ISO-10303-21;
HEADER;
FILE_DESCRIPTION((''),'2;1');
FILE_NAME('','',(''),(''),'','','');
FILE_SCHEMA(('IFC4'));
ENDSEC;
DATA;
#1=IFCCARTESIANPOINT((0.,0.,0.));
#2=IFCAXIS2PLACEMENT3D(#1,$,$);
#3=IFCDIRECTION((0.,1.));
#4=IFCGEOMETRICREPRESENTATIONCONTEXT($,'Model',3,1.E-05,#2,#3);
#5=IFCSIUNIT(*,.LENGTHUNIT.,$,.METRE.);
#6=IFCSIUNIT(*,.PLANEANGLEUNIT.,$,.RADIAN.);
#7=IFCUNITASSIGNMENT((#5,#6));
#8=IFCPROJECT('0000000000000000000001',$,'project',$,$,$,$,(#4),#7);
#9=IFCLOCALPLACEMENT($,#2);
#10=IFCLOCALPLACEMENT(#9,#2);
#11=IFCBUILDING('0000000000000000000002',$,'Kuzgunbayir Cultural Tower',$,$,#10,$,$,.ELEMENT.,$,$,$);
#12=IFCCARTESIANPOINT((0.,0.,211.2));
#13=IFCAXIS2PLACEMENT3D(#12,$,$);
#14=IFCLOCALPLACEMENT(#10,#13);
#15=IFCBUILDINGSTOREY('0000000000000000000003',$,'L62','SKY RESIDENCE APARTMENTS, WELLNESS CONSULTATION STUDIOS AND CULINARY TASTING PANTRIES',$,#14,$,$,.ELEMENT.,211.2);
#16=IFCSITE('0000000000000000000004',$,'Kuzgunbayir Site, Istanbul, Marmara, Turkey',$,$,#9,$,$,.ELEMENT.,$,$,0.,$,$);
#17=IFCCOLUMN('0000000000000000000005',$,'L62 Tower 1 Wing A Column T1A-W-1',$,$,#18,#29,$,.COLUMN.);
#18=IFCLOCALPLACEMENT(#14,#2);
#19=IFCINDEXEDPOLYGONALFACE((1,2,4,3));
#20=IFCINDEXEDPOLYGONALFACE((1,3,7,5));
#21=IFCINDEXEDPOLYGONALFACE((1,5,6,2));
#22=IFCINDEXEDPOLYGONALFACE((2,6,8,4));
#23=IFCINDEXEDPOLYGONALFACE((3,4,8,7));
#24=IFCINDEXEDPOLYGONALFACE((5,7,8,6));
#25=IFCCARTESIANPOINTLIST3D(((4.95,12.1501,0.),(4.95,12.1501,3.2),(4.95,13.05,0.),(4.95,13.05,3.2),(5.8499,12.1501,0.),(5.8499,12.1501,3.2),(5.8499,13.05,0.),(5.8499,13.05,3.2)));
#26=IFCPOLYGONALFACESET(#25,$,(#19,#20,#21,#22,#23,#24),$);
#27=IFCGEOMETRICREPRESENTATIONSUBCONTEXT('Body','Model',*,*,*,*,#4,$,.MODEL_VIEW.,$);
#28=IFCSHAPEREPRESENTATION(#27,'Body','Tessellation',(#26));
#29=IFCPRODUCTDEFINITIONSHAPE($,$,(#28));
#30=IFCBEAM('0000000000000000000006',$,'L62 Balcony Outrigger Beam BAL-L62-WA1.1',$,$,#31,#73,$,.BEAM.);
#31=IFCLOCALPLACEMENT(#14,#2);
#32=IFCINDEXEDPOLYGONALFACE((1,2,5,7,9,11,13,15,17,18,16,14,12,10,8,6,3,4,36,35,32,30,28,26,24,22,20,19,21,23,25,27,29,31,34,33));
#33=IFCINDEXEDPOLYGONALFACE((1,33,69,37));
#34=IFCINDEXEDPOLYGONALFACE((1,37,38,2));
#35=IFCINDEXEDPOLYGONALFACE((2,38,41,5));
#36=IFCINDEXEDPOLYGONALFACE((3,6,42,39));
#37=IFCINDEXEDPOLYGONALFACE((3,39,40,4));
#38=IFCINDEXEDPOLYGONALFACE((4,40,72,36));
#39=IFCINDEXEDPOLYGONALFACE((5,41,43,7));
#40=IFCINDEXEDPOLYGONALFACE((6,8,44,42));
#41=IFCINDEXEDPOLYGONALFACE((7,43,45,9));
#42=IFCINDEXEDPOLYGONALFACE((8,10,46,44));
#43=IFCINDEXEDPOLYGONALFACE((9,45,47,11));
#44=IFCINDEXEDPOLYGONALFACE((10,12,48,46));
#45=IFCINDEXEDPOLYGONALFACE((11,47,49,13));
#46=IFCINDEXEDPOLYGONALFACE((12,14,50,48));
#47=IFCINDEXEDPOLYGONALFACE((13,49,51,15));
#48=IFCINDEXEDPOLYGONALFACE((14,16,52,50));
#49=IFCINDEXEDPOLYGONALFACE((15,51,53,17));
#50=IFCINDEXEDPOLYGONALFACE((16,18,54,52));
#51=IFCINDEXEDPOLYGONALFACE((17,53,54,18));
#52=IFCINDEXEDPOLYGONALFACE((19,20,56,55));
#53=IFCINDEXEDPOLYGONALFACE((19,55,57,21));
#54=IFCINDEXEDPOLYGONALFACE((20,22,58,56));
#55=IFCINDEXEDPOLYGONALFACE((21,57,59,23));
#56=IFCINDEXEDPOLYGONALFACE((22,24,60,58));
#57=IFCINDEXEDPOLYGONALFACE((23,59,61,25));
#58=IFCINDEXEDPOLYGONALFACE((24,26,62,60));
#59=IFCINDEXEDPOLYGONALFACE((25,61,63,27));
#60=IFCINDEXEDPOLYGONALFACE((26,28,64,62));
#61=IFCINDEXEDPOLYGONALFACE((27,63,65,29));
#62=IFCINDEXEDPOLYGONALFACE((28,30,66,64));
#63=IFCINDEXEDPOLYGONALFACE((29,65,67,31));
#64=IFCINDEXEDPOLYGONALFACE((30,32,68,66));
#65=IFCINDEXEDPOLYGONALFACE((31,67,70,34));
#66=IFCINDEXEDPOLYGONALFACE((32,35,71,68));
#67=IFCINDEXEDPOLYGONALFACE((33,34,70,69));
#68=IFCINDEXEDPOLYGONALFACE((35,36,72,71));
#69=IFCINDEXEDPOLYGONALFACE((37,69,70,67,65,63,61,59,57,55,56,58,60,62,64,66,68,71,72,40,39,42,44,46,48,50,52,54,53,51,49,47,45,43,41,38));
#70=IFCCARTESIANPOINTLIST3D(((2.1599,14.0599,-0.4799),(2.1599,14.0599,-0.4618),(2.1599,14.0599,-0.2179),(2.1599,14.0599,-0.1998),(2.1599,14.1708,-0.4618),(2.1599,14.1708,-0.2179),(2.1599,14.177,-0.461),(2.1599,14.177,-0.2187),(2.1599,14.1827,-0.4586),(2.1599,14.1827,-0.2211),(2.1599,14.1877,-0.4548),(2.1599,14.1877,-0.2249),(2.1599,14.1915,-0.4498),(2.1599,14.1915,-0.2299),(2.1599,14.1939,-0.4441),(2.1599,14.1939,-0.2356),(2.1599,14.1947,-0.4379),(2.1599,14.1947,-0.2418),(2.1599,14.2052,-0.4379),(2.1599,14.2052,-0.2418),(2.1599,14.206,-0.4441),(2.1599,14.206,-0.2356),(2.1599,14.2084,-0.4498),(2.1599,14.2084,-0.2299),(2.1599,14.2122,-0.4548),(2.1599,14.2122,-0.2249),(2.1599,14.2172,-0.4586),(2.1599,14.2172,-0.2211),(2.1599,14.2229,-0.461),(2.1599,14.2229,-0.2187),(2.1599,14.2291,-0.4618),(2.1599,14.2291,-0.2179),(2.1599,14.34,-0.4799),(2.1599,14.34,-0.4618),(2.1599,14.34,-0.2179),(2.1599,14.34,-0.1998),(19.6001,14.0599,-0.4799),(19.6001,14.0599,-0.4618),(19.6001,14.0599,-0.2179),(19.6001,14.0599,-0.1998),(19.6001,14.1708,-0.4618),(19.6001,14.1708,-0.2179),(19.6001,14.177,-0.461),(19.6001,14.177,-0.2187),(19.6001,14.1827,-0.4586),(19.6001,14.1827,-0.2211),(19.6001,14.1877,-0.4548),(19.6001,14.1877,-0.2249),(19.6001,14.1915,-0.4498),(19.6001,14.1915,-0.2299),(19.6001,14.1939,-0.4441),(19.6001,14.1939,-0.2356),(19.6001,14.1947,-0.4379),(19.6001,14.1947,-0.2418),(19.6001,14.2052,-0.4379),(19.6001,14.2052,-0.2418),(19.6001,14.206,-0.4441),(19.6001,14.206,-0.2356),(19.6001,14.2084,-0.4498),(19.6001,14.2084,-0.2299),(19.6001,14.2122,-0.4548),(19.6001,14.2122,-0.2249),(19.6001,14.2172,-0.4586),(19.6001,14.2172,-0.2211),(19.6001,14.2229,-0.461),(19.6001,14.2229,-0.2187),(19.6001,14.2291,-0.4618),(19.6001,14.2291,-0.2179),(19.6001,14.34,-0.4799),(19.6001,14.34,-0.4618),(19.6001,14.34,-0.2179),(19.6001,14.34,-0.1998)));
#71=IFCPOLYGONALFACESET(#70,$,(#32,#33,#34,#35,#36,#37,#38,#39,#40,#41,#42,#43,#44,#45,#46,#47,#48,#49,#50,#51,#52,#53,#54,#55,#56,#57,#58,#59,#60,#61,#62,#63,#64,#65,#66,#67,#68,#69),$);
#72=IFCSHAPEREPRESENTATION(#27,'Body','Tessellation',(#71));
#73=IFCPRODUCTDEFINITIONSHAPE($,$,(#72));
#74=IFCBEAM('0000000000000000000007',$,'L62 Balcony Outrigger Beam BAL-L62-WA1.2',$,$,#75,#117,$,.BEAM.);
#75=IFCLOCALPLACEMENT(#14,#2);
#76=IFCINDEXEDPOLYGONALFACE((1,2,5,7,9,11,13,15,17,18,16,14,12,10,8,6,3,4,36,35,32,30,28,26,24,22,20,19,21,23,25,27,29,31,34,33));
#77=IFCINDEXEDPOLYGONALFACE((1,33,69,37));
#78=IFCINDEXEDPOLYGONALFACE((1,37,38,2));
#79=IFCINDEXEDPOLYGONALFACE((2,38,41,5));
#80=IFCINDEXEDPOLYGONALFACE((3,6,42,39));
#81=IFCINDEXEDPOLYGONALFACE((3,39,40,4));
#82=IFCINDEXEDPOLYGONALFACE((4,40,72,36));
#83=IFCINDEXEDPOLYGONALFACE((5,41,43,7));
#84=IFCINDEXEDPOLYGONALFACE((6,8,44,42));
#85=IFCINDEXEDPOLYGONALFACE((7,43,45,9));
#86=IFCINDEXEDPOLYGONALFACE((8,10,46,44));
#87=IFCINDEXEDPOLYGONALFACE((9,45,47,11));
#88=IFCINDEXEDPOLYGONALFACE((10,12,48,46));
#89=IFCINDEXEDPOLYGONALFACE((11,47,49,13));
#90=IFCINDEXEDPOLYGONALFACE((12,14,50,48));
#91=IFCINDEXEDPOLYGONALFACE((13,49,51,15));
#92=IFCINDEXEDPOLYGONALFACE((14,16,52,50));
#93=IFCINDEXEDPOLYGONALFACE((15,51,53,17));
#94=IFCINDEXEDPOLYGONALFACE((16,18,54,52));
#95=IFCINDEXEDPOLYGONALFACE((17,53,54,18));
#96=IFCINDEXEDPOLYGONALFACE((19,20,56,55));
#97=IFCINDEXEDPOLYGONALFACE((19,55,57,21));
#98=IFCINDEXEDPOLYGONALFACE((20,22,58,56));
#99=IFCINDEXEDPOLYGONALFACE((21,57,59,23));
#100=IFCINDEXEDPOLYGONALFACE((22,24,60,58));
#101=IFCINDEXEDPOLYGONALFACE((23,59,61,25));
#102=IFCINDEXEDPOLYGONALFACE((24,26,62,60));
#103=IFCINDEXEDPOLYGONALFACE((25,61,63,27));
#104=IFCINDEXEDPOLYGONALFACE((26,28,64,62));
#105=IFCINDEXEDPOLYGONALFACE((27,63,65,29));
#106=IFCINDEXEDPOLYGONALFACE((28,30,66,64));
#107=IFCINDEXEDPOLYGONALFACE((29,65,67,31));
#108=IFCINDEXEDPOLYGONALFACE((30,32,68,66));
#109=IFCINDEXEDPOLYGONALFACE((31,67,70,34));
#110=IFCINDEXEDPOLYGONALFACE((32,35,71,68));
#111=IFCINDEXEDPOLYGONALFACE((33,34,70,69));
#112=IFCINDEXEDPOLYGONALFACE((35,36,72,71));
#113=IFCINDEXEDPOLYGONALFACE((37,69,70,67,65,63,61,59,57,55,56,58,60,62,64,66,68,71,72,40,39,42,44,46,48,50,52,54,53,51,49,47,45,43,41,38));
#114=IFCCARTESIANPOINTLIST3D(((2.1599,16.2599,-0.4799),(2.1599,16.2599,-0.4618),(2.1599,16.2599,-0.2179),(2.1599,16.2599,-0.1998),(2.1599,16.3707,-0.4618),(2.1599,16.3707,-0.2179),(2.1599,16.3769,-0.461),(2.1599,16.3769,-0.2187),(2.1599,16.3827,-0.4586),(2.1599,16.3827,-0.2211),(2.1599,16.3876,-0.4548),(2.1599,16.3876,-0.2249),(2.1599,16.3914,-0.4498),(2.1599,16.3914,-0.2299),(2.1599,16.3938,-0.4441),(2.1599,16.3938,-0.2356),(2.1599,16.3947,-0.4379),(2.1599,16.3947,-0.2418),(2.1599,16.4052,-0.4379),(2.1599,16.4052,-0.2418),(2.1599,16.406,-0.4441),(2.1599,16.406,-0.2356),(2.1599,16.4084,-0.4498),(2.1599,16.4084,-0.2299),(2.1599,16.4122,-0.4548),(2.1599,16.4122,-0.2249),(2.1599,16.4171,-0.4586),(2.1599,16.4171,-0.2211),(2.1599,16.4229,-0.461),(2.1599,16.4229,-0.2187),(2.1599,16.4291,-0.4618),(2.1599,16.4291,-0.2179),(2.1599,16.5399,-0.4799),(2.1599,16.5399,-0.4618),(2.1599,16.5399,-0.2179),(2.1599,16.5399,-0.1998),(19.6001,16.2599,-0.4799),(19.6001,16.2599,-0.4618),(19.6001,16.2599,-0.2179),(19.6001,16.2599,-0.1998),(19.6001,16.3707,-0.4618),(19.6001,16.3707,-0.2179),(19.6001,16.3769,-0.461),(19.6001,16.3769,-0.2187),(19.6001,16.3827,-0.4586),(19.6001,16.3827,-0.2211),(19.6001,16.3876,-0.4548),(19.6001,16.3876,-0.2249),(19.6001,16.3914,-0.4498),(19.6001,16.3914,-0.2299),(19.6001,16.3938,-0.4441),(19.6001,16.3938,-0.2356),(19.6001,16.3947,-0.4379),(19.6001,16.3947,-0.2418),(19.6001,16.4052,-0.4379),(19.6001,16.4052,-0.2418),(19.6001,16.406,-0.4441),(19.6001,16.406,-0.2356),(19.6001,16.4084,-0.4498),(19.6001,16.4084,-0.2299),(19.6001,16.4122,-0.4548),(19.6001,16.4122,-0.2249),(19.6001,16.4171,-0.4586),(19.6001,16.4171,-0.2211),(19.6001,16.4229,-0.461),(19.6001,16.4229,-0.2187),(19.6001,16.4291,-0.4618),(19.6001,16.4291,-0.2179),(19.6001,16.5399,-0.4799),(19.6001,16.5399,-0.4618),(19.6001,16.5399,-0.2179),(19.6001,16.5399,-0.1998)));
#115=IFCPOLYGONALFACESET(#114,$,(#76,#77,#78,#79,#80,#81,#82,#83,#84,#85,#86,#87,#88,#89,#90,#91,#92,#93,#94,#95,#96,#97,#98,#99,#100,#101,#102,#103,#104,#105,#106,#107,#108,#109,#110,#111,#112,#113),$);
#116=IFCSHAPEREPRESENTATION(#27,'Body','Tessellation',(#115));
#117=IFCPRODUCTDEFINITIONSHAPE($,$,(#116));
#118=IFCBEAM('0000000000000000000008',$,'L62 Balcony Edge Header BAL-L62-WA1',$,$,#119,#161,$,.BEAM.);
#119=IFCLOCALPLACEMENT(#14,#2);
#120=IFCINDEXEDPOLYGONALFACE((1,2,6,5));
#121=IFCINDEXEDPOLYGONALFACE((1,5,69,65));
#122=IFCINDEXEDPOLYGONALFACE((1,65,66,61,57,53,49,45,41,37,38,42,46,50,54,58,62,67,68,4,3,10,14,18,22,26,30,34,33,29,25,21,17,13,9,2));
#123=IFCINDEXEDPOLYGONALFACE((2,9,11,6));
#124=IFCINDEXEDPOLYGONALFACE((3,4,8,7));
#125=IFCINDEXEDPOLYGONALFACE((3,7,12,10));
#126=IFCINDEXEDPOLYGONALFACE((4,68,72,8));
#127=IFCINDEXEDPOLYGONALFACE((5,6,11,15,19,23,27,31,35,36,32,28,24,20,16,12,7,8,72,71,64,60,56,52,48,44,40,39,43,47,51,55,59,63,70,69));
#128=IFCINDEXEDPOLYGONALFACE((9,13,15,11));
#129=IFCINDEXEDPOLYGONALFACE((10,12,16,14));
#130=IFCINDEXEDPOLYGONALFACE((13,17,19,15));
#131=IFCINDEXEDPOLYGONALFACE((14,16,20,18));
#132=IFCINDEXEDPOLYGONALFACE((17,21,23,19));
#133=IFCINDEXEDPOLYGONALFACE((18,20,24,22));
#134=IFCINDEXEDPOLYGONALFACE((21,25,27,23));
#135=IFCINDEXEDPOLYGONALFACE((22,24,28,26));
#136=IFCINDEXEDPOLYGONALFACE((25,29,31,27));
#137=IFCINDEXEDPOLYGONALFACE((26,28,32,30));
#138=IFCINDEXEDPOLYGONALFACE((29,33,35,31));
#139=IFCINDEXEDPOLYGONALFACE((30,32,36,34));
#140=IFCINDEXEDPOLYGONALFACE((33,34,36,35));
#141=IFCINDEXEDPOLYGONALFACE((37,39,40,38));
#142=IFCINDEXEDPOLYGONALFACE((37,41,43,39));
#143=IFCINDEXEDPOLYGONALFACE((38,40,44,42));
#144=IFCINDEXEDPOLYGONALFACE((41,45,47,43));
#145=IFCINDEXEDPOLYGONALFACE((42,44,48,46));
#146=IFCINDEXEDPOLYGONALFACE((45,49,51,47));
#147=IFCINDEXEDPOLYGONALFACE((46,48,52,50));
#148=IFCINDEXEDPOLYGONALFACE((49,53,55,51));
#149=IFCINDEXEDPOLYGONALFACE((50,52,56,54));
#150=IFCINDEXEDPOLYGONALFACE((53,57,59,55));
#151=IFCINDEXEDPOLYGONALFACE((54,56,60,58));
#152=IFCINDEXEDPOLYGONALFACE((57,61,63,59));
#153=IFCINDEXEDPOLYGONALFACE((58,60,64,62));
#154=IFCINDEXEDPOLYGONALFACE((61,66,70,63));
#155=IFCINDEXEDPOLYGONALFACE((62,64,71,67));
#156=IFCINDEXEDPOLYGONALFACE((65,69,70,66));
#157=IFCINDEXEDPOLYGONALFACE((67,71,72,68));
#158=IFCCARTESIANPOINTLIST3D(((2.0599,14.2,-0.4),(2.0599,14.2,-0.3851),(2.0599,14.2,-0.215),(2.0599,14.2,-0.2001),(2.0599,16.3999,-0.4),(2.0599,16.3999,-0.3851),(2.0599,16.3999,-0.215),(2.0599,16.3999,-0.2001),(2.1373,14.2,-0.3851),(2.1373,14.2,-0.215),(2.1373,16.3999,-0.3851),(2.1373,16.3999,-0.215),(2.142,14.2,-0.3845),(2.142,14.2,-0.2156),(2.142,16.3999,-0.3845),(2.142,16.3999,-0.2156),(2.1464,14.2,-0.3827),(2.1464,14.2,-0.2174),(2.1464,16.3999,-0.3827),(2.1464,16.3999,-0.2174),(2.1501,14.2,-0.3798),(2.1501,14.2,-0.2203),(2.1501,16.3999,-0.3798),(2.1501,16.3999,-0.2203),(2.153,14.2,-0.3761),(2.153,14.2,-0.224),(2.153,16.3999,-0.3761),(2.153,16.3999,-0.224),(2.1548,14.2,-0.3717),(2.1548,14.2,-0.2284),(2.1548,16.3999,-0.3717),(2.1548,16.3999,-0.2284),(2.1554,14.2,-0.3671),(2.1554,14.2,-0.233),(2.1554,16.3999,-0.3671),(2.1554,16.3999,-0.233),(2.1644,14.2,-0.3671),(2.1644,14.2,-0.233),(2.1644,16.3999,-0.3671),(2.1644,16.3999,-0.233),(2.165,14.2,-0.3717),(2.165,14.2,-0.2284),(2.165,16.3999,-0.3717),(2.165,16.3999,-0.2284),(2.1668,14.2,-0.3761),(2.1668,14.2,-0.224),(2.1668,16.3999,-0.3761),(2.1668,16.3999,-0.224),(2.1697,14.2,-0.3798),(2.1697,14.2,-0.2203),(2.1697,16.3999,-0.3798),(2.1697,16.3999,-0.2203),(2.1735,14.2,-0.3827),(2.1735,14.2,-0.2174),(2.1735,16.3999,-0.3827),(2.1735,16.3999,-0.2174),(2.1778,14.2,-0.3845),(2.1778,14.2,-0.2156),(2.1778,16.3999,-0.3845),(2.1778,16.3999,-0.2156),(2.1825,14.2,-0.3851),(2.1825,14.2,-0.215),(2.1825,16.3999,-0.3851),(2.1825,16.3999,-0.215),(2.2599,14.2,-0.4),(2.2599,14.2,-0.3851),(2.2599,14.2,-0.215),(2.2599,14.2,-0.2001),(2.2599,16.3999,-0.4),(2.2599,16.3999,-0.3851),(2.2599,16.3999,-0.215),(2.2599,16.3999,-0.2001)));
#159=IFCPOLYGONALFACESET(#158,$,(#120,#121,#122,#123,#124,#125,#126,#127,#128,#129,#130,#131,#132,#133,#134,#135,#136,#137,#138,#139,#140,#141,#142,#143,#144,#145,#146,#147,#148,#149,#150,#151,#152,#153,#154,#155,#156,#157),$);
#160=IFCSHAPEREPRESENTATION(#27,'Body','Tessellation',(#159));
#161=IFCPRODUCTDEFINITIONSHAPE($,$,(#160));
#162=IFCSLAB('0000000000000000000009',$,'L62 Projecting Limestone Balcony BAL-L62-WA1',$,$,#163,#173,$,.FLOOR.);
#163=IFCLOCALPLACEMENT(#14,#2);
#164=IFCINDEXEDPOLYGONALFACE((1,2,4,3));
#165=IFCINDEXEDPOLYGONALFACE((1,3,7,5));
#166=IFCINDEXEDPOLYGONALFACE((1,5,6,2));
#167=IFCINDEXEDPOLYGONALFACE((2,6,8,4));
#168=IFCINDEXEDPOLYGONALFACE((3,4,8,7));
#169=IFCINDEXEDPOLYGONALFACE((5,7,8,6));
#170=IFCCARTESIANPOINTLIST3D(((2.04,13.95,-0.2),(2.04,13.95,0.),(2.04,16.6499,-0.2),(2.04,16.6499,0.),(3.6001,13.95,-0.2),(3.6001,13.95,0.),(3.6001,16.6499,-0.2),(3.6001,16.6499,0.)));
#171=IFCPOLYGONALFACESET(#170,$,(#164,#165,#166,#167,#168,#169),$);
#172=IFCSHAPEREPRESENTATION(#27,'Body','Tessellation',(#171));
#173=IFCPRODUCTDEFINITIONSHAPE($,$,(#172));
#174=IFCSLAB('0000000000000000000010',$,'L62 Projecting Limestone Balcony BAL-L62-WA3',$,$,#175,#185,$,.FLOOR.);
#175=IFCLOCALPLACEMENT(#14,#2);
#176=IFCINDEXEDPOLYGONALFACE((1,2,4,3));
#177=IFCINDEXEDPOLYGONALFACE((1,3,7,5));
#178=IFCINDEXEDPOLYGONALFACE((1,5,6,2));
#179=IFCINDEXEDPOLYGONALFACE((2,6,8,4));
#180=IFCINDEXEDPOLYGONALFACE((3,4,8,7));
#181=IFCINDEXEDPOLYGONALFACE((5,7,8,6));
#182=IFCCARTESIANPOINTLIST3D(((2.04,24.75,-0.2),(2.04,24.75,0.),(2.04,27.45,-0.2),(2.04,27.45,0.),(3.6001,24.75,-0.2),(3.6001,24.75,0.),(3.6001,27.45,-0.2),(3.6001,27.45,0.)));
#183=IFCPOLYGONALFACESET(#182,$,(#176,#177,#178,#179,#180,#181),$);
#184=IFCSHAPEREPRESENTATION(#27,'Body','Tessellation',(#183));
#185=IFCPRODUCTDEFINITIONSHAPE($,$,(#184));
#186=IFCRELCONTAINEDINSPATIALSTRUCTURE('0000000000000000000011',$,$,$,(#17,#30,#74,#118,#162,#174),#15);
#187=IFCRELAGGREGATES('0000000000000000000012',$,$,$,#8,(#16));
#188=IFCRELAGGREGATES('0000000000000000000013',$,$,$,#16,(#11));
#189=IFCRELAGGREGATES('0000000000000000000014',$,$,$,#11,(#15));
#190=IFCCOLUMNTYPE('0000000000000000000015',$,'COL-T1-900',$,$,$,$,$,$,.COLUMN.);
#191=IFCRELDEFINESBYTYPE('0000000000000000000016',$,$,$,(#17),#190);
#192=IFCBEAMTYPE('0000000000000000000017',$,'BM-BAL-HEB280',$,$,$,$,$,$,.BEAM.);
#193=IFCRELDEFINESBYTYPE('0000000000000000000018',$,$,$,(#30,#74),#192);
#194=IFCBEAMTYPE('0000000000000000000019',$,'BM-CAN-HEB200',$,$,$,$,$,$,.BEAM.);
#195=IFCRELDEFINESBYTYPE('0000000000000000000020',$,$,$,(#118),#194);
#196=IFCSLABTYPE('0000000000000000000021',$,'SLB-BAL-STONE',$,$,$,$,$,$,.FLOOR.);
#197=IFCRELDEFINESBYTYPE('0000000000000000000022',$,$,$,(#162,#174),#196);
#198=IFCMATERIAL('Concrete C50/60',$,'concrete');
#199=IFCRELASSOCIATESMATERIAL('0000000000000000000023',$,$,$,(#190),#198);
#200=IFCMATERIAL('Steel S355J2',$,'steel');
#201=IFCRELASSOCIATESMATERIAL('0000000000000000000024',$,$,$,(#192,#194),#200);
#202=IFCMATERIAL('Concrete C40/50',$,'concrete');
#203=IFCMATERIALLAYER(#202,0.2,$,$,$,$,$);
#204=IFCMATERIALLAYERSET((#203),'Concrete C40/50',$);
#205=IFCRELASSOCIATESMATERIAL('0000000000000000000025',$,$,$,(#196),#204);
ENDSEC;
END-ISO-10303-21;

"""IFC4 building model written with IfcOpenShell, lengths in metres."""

from ifc_helpers import new_model, si_unit, direction, frame, origin, origin_2d, place, context, subcontext, project, spatial, polyline, rectangle, i_section, outline, extrude, material, layer, layer_set, material_profile, profile_set, type_object, element, save


model = new_model("IFC4")

# Units and contexts
model_context = context("Model", 3, precision=1e-05, world=origin(), true_north=direction((0.0, 1.0)))
body_context = subcontext(model_context, "Body", "Model", "MODEL_VIEW")
ifc_project = project(units=[si_unit("LENGTHUNIT", "METRE"), si_unit("PLANEANGLEUNIT", "RADIAN")], contexts=[model_context])

# Site, building, storey
site_placement = place(None, origin())
site = spatial("IfcSite", under=ifc_project, at=site_placement, Name="Kuzgunbayir Site, Istanbul, Marmara, Turkey", CompositionType="ELEMENT", RefElevation=0.0)
building_placement = place(site_placement, origin())
building = spatial("IfcBuilding", under=site, at=building_placement, Name="Kuzgunbayir Cultural Tower", CompositionType="ELEMENT")
storey_placement = place(building_placement, frame((0.0, 0.0, 211.2)))
storey = spatial("IfcBuildingStorey", under=building, at=storey_placement, Name="L62", Description="SKY RESIDENCE APARTMENTS, WELLNESS CONSULTATION STUDIOS AND CULINARY TASTING PANTRIES", CompositionType="ELEMENT", Elevation=211.2)

# Column
ifc_material_1 = material(Name="Concrete C50/60", Category="concrete")
ifc_material_profile_1 = material_profile(ifc_material_1, rectangle(XDim=0.8999, YDim=0.8999, at=origin_2d()), Name="RC 900x900")
ifc_profile_set_1 = profile_set([ifc_material_profile_1], Name="Concrete C50/60")
column_type = type_object("IfcColumnType", Name="COL-T1-900", PredefinedType="COLUMN", material=ifc_profile_set_1)
column_placement = place(storey_placement, frame((5.3999, 12.6001, 0.0), z_axis=(0.0, 0.0, 1.0), x_axis=(1.0, 0.0, 0.0)))
element("IfcColumn", 1, at=column_placement, inside=storey, type_object=column_type, Name="L62 Tower 1 Wing A Column T1A-W-1", PredefinedType="COLUMN", context=body_context, shape_type="SweptSolid", body=[
    extrude(rectangle(XDim=0.8999, YDim=0.8999, at=origin_2d()), origin(), (0.0, 0.0, 1.0), 3.2),
])

# Beams
ifc_material_2 = material(Name="Steel S355J2", Category="steel")
ifc_material_profile_2 = material_profile(ifc_material_2, i_section(OverallWidth=0.28, OverallDepth=0.28, WebThickness=0.0105, FlangeThickness=0.0181, FilletRadius=0.0239, at=origin_2d()), Name="HEB 280")
ifc_profile_set_2 = profile_set([ifc_material_profile_2], Name="Steel S355J2")
beam_type_1 = type_object("IfcBeamType", Name="BM-BAL-HEB280", PredefinedType="BEAM", material=ifc_profile_set_2)
for number, where, z_axis, x_axis, name in (
    (2, (2.1599, 14.2, -0.3398), (1.0, 0.0, 0.0), (0.0, 1.0, 0.0), "L62 Balcony Outrigger Beam BAL-L62-WA1.1"),
    (3, (2.1599, 16.3999, -0.3398), (1.0, 0.0, 0.0), (0.0, 1.0, 0.0), "L62 Balcony Outrigger Beam BAL-L62-WA1.2"),
):
    element("IfcBeam", number, at=place(storey_placement, frame(where, z_axis=z_axis, x_axis=x_axis)), inside=storey, type_object=beam_type_1, Name=name, PredefinedType="BEAM", context=body_context, shape_type="SweptSolid", body=[
        extrude(i_section(OverallWidth=0.28, OverallDepth=0.28, WebThickness=0.0105, FlangeThickness=0.0181, FilletRadius=0.0239, at=origin_2d()), origin(), (0.0, 0.0, 1.0), 17.4402),
    ])
ifc_material_profile_3 = material_profile(ifc_material_2, i_section(OverallWidth=0.2, OverallDepth=0.2, WebThickness=0.009, FlangeThickness=0.0149, FilletRadius=0.0181, at=origin_2d()), Name="HEB 200")
ifc_profile_set_3 = profile_set([ifc_material_profile_3], Name="Steel S355J2")
beam_type_2 = type_object("IfcBeamType", Name="BM-CAN-HEB200", PredefinedType="BEAM", material=ifc_profile_set_3)
beam_placement = place(storey_placement, frame((2.1599, 14.2, -0.3), z_axis=(0.0, 1.0, 0.0), x_axis=(-1.0, 0.0, 0.0)))
element("IfcBeam", 4, at=beam_placement, inside=storey, type_object=beam_type_2, Name="L62 Balcony Edge Header BAL-L62-WA1", PredefinedType="BEAM", context=body_context, shape_type="SweptSolid", body=[
    extrude(i_section(OverallWidth=0.2, OverallDepth=0.2, WebThickness=0.009, FlangeThickness=0.0149, FilletRadius=0.0181, at=origin_2d()), origin(), (0.0, 0.0, 1.0), 2.2),
])

# Slabs
ifc_material_3 = material(Name="Concrete C40/50", Category="concrete")
ifc_layer_1 = layer(ifc_material_3, 0.2)
ifc_layer_set_1 = layer_set([ifc_layer_1], Name="Concrete C40/50")
slab_type_1 = type_object("IfcSlabType", Name="SLB-BAL-STONE", PredefinedType="FLOOR", material=ifc_layer_set_1)
slab_1_placement = place(storey_placement, frame((0.0, 0.0, -0.2)))
element("IfcSlab", 5, at=slab_1_placement, inside=storey, type_object=slab_type_1, Name="L62 Projecting Limestone Balcony BAL-L62-WA1", PredefinedType="FLOOR", context=body_context, shape_type="SweptSolid", body=[
    extrude(outline(polyline([(2.04, 13.95), (3.6001, 13.95), (3.6001, 16.6499), (2.04, 16.6499), (2.04, 13.95)])), origin(), (0.0, 0.0, 1.0), 0.2),
])
slab_2_placement = place(storey_placement, frame((0.0, 0.0, -0.2)))
element("IfcSlab", 6, at=slab_2_placement, inside=storey, type_object=slab_type_1, Name="L62 Projecting Limestone Balcony BAL-L62-WA3", PredefinedType="FLOOR", context=body_context, shape_type="SweptSolid", body=[
    extrude(outline(polyline([(2.04, 24.75), (3.6001, 24.75), (3.6001, 27.45), (2.04, 27.45), (2.04, 24.75)])), origin(), (0.0, 0.0, 1.0), 0.2),
])

save(model, "model.ifc")
